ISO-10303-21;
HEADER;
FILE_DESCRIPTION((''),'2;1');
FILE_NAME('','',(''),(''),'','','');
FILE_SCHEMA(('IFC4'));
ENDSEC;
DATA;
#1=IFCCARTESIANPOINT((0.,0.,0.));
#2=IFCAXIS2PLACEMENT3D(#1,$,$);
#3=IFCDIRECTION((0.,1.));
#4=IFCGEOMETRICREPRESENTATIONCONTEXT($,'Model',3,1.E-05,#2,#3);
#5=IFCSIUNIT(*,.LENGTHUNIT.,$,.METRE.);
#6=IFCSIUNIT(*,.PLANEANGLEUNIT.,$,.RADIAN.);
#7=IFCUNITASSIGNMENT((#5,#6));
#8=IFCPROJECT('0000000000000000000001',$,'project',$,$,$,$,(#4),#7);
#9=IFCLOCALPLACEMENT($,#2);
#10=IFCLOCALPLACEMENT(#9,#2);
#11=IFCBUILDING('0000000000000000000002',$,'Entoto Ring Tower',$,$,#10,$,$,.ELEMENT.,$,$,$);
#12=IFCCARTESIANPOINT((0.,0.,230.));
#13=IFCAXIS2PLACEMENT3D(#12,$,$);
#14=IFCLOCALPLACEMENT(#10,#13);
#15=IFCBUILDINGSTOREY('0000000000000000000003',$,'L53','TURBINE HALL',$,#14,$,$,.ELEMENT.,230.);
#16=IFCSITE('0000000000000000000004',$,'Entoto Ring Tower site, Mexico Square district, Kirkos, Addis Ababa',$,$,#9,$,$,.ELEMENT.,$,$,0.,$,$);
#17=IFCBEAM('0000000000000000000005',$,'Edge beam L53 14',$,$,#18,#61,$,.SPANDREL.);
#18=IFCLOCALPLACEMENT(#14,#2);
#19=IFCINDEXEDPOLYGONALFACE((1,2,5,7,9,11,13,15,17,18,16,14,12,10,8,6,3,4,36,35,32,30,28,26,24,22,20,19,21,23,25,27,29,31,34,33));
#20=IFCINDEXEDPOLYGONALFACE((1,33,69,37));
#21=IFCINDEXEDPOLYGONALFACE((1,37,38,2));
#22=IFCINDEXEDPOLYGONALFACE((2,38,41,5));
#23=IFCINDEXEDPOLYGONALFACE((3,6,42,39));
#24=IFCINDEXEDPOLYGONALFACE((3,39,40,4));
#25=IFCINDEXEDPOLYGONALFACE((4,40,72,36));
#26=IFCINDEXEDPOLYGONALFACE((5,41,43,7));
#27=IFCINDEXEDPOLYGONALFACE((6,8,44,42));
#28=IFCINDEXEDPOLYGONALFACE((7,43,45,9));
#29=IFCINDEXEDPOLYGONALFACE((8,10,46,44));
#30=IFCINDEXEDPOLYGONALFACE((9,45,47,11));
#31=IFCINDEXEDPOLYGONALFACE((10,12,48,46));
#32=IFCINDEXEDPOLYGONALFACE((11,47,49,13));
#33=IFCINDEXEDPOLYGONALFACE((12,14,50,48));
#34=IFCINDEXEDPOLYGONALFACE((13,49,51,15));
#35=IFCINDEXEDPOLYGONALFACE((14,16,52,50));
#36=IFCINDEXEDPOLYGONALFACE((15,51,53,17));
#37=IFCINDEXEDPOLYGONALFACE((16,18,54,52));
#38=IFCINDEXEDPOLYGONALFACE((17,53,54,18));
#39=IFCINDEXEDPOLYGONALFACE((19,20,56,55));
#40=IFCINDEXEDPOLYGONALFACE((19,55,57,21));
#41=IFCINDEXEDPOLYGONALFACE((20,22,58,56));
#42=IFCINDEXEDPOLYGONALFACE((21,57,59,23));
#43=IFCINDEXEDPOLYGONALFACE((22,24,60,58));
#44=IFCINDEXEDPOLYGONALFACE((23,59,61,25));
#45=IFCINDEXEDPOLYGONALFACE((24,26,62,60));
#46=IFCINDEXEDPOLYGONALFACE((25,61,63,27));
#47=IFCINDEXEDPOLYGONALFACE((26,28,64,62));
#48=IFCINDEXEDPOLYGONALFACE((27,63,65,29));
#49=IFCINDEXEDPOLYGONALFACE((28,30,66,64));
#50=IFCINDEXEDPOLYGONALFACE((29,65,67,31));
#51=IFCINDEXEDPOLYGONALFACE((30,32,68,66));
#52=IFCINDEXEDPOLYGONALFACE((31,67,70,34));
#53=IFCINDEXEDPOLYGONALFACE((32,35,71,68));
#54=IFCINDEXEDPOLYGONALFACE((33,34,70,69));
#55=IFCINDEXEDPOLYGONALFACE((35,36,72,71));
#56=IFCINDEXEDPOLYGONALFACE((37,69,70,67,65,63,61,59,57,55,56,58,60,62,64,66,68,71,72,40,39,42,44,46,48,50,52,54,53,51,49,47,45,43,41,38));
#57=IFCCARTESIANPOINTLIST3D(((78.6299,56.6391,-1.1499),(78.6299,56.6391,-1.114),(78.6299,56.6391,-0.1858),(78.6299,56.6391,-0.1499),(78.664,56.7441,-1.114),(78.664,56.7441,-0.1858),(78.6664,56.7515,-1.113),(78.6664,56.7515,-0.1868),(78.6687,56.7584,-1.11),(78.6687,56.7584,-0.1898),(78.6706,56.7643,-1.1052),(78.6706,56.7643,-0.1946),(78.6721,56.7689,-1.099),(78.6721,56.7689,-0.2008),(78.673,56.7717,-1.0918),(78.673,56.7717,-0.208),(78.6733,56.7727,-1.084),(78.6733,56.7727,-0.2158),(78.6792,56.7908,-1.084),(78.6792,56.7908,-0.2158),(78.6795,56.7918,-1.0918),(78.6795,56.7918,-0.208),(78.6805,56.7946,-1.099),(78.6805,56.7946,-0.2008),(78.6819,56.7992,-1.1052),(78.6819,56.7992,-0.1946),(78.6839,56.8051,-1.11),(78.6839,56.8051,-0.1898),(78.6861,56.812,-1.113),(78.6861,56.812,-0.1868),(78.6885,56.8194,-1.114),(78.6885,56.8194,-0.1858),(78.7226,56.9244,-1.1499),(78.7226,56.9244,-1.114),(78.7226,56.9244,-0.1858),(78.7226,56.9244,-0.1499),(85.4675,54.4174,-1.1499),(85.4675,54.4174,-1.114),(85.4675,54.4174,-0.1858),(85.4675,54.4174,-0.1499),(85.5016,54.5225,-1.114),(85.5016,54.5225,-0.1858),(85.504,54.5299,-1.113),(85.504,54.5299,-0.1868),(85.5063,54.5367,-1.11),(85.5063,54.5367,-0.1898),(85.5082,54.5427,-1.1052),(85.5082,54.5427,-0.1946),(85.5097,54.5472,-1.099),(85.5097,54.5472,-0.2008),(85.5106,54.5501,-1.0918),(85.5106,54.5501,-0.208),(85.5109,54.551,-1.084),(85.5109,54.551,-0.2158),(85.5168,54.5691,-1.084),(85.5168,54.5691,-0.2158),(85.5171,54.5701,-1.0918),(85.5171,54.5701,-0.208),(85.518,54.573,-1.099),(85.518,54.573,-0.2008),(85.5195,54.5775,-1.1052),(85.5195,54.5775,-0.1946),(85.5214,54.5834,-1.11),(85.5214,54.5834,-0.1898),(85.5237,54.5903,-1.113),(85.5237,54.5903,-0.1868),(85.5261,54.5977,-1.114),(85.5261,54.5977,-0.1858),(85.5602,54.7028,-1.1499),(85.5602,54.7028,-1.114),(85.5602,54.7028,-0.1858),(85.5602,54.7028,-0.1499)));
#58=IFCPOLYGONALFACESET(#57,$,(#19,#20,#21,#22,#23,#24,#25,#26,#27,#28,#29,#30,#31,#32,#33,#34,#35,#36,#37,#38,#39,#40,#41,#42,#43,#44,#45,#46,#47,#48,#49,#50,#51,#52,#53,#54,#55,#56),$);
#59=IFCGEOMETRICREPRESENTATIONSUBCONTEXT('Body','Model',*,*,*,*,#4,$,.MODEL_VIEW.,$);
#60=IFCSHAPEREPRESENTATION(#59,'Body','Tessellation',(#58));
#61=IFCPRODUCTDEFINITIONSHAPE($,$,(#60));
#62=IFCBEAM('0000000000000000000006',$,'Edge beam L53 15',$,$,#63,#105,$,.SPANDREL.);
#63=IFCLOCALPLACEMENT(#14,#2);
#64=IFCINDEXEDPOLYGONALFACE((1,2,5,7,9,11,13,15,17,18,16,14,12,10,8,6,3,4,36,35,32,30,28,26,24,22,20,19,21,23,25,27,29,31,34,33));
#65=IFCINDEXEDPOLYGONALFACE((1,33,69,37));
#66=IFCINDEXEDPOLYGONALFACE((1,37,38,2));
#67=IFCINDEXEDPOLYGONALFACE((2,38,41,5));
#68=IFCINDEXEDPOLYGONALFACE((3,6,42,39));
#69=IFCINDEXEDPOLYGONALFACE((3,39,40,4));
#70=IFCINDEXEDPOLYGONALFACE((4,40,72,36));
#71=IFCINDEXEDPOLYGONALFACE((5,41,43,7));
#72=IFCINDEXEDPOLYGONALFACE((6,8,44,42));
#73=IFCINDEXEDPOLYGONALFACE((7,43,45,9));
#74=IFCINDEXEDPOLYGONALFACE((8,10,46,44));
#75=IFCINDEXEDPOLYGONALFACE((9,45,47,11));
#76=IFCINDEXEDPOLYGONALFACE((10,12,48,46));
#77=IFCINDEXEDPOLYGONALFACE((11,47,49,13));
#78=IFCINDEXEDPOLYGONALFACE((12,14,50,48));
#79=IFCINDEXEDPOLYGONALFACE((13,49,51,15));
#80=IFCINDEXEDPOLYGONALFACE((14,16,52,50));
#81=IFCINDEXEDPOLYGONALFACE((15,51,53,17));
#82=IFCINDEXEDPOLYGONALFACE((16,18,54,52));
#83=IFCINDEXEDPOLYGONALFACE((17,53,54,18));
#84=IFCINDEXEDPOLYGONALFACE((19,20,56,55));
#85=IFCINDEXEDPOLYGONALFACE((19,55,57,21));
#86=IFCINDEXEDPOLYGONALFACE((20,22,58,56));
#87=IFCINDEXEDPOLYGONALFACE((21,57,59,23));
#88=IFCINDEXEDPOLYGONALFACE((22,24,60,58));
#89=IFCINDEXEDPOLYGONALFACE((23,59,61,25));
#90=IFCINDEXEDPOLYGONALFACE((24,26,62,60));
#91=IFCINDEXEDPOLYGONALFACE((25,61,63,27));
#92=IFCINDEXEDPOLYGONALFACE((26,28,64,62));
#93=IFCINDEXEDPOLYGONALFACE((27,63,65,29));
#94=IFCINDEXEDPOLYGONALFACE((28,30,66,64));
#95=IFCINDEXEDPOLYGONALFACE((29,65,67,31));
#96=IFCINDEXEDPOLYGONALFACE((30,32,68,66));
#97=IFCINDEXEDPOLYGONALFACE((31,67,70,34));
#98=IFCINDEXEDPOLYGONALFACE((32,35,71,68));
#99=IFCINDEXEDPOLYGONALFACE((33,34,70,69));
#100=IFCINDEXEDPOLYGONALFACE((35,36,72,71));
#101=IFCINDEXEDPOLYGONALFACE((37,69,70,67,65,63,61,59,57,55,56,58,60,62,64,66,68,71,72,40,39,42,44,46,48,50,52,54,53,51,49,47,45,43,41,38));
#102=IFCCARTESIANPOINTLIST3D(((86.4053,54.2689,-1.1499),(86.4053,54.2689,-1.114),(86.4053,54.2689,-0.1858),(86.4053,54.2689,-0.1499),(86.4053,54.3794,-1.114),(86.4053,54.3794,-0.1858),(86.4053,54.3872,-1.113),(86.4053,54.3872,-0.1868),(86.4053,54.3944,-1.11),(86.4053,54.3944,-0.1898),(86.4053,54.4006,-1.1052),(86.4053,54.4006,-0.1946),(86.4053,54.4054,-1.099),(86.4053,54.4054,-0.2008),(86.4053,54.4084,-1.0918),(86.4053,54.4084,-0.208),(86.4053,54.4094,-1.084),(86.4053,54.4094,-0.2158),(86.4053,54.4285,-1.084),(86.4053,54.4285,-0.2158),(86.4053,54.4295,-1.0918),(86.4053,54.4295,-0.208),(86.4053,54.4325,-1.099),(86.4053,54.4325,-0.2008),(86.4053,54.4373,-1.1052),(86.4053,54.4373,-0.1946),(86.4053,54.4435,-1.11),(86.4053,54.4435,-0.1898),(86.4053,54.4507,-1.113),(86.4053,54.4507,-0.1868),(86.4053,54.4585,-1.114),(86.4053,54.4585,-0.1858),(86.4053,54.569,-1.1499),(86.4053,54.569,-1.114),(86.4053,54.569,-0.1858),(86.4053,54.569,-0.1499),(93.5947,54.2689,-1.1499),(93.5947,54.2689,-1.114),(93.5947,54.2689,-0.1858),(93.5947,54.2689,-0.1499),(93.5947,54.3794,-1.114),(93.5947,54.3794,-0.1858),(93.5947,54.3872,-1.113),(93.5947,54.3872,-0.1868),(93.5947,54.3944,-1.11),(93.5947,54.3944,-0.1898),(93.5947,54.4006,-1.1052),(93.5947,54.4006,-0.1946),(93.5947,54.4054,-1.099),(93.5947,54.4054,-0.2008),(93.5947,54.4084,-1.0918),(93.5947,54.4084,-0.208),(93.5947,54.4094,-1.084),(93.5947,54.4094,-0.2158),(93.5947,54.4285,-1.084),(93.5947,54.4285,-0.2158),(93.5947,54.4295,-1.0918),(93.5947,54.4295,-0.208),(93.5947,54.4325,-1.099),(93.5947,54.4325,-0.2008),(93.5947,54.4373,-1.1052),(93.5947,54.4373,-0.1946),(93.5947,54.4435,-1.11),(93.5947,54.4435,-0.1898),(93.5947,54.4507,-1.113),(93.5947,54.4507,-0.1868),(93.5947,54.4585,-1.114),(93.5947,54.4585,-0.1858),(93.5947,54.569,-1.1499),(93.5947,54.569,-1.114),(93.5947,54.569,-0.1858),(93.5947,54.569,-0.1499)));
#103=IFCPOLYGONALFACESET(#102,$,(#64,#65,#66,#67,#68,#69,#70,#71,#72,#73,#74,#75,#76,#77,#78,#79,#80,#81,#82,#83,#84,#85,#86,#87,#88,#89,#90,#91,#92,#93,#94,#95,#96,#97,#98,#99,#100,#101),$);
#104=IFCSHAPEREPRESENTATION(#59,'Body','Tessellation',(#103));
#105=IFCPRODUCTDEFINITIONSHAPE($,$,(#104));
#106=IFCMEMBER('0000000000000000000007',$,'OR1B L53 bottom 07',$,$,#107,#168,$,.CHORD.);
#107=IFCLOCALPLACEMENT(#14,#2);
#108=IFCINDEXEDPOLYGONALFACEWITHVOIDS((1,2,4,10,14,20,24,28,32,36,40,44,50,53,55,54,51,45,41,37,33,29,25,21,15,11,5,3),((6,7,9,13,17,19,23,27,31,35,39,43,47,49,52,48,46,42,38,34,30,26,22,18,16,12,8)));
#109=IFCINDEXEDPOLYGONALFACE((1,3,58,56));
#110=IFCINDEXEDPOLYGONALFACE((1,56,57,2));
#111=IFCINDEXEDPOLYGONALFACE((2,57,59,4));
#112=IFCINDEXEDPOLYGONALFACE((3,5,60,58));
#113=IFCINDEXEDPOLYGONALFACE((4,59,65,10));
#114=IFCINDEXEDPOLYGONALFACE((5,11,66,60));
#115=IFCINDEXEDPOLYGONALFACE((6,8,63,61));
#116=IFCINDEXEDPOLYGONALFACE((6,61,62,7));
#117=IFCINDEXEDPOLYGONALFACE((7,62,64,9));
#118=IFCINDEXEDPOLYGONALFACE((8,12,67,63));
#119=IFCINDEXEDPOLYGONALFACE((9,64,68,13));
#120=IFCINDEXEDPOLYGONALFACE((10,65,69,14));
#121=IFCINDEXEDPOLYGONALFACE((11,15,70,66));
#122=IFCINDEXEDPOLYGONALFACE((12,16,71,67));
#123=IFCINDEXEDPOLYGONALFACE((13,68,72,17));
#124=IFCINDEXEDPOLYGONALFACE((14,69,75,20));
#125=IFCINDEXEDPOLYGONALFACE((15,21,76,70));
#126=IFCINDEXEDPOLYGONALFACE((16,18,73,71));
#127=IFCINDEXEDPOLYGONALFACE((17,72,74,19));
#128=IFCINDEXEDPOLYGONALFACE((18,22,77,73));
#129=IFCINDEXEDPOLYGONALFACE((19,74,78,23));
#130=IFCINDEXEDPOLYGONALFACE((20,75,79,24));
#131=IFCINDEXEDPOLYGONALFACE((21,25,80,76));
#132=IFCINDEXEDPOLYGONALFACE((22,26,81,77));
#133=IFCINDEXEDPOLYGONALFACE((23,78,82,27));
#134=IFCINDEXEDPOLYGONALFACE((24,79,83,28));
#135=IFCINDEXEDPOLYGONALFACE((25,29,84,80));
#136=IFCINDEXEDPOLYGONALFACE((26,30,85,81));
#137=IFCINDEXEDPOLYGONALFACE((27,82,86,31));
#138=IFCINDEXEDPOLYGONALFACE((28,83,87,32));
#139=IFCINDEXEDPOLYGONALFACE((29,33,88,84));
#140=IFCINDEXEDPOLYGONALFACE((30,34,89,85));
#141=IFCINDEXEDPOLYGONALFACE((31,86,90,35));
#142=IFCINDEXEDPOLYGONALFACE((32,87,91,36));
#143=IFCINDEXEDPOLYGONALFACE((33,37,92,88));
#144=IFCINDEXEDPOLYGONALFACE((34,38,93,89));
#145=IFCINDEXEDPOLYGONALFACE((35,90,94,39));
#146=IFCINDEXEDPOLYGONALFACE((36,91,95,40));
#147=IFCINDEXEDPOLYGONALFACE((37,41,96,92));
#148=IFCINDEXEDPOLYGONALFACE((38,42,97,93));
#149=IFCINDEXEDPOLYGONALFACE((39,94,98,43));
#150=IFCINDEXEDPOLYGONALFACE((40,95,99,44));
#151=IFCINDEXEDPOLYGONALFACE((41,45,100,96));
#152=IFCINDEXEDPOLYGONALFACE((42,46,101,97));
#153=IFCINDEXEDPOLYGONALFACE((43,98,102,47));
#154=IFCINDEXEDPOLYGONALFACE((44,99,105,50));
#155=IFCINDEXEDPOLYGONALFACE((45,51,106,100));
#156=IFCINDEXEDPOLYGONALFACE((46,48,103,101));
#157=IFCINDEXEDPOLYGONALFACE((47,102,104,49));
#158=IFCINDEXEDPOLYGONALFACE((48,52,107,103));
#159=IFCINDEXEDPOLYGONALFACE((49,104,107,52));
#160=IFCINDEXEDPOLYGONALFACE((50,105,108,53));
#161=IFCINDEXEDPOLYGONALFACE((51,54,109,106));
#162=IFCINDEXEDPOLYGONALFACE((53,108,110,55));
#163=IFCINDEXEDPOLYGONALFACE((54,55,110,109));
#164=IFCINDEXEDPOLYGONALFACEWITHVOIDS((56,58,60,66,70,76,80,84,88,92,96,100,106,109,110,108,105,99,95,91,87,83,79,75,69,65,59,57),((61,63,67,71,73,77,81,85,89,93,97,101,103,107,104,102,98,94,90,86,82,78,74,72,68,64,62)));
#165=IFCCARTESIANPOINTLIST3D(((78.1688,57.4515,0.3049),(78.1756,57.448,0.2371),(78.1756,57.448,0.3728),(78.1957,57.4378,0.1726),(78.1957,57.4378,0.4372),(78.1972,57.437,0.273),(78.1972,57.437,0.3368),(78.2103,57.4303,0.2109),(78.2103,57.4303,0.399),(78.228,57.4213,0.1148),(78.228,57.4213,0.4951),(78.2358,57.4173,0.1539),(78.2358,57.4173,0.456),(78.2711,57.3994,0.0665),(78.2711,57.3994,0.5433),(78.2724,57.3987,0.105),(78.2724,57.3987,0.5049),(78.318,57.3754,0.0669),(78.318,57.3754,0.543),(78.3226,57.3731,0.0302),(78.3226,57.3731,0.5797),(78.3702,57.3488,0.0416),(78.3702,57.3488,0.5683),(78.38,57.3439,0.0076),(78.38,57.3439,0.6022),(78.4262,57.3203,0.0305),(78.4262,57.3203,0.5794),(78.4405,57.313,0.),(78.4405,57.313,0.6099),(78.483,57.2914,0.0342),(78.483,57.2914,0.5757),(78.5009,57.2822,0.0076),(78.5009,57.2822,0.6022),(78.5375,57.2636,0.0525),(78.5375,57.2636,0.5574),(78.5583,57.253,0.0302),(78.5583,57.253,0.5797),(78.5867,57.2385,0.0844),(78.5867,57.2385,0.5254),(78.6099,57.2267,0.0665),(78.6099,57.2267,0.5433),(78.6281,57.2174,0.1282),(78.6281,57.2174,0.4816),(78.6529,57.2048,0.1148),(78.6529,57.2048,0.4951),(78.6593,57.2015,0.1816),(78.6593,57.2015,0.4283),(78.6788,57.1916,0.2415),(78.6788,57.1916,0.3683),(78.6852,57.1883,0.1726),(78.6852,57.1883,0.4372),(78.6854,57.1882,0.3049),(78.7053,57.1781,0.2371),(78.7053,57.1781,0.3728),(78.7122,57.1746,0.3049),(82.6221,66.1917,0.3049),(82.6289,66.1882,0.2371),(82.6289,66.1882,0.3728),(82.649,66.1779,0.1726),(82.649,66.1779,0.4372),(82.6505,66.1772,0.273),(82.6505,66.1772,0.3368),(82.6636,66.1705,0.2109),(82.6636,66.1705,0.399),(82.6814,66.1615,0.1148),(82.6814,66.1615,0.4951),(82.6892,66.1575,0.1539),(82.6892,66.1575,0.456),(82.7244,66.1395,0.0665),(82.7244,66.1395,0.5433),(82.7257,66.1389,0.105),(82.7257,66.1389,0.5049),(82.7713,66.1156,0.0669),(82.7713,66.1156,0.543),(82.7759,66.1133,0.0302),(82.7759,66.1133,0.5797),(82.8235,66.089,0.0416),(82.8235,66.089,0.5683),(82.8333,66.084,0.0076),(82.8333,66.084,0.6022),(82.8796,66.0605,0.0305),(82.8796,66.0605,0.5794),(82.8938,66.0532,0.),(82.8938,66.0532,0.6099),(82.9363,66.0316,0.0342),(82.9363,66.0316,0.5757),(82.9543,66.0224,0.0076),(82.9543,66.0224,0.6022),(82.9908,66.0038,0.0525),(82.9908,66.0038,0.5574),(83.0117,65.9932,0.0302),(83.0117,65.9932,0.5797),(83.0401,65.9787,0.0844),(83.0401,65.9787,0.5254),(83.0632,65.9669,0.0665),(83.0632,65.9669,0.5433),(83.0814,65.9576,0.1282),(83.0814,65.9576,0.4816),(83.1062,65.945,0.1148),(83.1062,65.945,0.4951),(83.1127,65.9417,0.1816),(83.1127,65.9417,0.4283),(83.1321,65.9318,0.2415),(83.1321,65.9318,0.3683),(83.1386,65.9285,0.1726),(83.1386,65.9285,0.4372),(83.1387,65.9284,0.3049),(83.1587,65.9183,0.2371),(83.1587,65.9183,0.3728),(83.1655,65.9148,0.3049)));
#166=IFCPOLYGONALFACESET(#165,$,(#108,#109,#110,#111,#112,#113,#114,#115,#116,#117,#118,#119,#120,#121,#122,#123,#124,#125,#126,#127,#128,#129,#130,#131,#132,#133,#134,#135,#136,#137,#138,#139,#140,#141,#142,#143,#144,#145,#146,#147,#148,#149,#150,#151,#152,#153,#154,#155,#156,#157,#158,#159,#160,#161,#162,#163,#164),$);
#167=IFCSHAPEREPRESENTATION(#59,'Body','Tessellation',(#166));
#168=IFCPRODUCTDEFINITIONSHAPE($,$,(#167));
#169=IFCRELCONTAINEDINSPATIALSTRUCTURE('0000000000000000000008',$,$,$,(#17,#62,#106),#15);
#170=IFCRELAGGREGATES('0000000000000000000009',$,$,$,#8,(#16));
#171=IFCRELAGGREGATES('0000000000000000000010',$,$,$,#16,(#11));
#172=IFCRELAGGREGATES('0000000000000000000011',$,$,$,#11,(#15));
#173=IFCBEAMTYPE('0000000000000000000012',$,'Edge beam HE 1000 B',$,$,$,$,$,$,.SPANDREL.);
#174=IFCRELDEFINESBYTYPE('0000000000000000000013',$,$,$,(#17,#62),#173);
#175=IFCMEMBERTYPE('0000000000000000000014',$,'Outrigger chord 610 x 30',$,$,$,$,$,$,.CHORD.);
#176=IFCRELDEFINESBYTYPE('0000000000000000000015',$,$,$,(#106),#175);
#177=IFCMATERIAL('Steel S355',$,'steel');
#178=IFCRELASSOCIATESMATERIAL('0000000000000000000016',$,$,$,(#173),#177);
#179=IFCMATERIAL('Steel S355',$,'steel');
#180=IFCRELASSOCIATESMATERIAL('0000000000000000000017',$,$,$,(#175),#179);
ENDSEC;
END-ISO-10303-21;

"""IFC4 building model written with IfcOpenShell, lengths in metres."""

from ifc_helpers import new_model, si_unit, direction, frame, origin, origin_2d, place, context, subcontext, project, spatial, circle, hollow_circle, i_section, extrude, material, material_profile, profile_set, type_object, element, save


model = new_model("IFC4")

# Units and contexts
model_context = context("Model", 3, precision=1e-05, world=origin(), true_north=direction((0.0, 1.0)))
body_context = subcontext(model_context, "Body", "Model", "MODEL_VIEW")
ifc_project = project(units=[si_unit("LENGTHUNIT", "METRE"), si_unit("PLANEANGLEUNIT", "RADIAN")], contexts=[model_context])

# Site, building, storey
site_placement = place(None, origin())
site = spatial("IfcSite", under=ifc_project, at=site_placement, Name="Entoto Ring Tower site, Mexico Square district, Kirkos, Addis Ababa", CompositionType="ELEMENT", RefElevation=0.0)
building_placement = place(site_placement, origin())
building = spatial("IfcBuilding", under=site, at=building_placement, Name="Entoto Ring Tower", CompositionType="ELEMENT")
storey_placement = place(building_placement, frame((0.0, 0.0, 230.0)))
storey = spatial("IfcBuildingStorey", under=building, at=storey_placement, Name="L53", Description="TURBINE HALL", CompositionType="ELEMENT", Elevation=230.0)

# Beams
ifc_material_1 = material(Name="Steel S355", Category="steel")
ifc_material_profile_1 = material_profile(ifc_material_1, i_section(OverallWidth=0.3, OverallDepth=1.0, WebThickness=0.019, FlangeThickness=0.0359, FilletRadius=0.03, at=origin_2d()), Name="HE 1000 B")
ifc_profile_set_1 = profile_set([ifc_material_profile_1], Name="Steel S355")
beam_type_1 = type_object("IfcBeamType", Name="Edge beam HE 1000 B", PredefinedType="SPANDREL", material=ifc_profile_set_1)
for number, where, z_axis, x_axis, name in (
    (1, (78.6763, 56.7817, -0.6499), (0.951057, -0.309016, 0.0), (0.309016, 0.951057, 0.0), "Edge beam L53 14"),
    (2, (86.4053, 54.4189, -0.6499), (1.0, 0.0, 0.0), (0.0, 1.0, 0.0), "Edge beam L53 15"),
):
    element("IfcBeam", number, at=place(storey_placement, frame(where, z_axis=z_axis, x_axis=x_axis)), inside=storey, type_object=beam_type_1, Name=name, PredefinedType="SPANDREL", context=body_context, shape_type="SweptSolid", body=[
        extrude(i_section(OverallWidth=0.3, OverallDepth=1.0, WebThickness=0.019, FlangeThickness=0.0359, FilletRadius=0.03, at=origin_2d()), origin(), (0.0, 0.0, 1.0), 7.1895),
    ])

# Member
ifc_material_2 = material(Name="Steel S355", Category="steel")
ifc_material_profile_2 = material_profile(ifc_material_2, hollow_circle(Radius=0.3049, WallThickness=0.03, at=origin_2d()), Name="CHS 610 x 30")
ifc_material_3 = material(Name="Concrete C60/75", Category="concrete")
ifc_material_profile_3 = material_profile(ifc_material_3, circle(Radius=0.2749, at=origin_2d()), Name="Concrete C60/75 infill")
ifc_profile_set_2 = profile_set([ifc_material_profile_2, ifc_material_profile_3], Name="Steel S355")
member_type_1 = type_object("IfcMemberType", Name="Outrigger chord 610 x 30", PredefinedType="CHORD", material=ifc_profile_set_2)
member_1_placement = place(storey_placement, frame((82.8938, 66.0532, 0.3049), z_axis=(-0.45399, -0.891007, 0.0), x_axis=(0.891007, -0.45399, 0.0)))
element("IfcMember", 3, at=member_1_placement, inside=storey, type_object=member_type_1, Name="OR1B L53 bottom 07", PredefinedType="CHORD", context=body_context, shape_type="SweptSolid", body=[
    extrude(hollow_circle(Radius=0.3049, WallThickness=0.03, at=origin_2d()), origin(), (0.0, 0.0, 1.0), 9.8093),
])

save(model, "model.ifc")
